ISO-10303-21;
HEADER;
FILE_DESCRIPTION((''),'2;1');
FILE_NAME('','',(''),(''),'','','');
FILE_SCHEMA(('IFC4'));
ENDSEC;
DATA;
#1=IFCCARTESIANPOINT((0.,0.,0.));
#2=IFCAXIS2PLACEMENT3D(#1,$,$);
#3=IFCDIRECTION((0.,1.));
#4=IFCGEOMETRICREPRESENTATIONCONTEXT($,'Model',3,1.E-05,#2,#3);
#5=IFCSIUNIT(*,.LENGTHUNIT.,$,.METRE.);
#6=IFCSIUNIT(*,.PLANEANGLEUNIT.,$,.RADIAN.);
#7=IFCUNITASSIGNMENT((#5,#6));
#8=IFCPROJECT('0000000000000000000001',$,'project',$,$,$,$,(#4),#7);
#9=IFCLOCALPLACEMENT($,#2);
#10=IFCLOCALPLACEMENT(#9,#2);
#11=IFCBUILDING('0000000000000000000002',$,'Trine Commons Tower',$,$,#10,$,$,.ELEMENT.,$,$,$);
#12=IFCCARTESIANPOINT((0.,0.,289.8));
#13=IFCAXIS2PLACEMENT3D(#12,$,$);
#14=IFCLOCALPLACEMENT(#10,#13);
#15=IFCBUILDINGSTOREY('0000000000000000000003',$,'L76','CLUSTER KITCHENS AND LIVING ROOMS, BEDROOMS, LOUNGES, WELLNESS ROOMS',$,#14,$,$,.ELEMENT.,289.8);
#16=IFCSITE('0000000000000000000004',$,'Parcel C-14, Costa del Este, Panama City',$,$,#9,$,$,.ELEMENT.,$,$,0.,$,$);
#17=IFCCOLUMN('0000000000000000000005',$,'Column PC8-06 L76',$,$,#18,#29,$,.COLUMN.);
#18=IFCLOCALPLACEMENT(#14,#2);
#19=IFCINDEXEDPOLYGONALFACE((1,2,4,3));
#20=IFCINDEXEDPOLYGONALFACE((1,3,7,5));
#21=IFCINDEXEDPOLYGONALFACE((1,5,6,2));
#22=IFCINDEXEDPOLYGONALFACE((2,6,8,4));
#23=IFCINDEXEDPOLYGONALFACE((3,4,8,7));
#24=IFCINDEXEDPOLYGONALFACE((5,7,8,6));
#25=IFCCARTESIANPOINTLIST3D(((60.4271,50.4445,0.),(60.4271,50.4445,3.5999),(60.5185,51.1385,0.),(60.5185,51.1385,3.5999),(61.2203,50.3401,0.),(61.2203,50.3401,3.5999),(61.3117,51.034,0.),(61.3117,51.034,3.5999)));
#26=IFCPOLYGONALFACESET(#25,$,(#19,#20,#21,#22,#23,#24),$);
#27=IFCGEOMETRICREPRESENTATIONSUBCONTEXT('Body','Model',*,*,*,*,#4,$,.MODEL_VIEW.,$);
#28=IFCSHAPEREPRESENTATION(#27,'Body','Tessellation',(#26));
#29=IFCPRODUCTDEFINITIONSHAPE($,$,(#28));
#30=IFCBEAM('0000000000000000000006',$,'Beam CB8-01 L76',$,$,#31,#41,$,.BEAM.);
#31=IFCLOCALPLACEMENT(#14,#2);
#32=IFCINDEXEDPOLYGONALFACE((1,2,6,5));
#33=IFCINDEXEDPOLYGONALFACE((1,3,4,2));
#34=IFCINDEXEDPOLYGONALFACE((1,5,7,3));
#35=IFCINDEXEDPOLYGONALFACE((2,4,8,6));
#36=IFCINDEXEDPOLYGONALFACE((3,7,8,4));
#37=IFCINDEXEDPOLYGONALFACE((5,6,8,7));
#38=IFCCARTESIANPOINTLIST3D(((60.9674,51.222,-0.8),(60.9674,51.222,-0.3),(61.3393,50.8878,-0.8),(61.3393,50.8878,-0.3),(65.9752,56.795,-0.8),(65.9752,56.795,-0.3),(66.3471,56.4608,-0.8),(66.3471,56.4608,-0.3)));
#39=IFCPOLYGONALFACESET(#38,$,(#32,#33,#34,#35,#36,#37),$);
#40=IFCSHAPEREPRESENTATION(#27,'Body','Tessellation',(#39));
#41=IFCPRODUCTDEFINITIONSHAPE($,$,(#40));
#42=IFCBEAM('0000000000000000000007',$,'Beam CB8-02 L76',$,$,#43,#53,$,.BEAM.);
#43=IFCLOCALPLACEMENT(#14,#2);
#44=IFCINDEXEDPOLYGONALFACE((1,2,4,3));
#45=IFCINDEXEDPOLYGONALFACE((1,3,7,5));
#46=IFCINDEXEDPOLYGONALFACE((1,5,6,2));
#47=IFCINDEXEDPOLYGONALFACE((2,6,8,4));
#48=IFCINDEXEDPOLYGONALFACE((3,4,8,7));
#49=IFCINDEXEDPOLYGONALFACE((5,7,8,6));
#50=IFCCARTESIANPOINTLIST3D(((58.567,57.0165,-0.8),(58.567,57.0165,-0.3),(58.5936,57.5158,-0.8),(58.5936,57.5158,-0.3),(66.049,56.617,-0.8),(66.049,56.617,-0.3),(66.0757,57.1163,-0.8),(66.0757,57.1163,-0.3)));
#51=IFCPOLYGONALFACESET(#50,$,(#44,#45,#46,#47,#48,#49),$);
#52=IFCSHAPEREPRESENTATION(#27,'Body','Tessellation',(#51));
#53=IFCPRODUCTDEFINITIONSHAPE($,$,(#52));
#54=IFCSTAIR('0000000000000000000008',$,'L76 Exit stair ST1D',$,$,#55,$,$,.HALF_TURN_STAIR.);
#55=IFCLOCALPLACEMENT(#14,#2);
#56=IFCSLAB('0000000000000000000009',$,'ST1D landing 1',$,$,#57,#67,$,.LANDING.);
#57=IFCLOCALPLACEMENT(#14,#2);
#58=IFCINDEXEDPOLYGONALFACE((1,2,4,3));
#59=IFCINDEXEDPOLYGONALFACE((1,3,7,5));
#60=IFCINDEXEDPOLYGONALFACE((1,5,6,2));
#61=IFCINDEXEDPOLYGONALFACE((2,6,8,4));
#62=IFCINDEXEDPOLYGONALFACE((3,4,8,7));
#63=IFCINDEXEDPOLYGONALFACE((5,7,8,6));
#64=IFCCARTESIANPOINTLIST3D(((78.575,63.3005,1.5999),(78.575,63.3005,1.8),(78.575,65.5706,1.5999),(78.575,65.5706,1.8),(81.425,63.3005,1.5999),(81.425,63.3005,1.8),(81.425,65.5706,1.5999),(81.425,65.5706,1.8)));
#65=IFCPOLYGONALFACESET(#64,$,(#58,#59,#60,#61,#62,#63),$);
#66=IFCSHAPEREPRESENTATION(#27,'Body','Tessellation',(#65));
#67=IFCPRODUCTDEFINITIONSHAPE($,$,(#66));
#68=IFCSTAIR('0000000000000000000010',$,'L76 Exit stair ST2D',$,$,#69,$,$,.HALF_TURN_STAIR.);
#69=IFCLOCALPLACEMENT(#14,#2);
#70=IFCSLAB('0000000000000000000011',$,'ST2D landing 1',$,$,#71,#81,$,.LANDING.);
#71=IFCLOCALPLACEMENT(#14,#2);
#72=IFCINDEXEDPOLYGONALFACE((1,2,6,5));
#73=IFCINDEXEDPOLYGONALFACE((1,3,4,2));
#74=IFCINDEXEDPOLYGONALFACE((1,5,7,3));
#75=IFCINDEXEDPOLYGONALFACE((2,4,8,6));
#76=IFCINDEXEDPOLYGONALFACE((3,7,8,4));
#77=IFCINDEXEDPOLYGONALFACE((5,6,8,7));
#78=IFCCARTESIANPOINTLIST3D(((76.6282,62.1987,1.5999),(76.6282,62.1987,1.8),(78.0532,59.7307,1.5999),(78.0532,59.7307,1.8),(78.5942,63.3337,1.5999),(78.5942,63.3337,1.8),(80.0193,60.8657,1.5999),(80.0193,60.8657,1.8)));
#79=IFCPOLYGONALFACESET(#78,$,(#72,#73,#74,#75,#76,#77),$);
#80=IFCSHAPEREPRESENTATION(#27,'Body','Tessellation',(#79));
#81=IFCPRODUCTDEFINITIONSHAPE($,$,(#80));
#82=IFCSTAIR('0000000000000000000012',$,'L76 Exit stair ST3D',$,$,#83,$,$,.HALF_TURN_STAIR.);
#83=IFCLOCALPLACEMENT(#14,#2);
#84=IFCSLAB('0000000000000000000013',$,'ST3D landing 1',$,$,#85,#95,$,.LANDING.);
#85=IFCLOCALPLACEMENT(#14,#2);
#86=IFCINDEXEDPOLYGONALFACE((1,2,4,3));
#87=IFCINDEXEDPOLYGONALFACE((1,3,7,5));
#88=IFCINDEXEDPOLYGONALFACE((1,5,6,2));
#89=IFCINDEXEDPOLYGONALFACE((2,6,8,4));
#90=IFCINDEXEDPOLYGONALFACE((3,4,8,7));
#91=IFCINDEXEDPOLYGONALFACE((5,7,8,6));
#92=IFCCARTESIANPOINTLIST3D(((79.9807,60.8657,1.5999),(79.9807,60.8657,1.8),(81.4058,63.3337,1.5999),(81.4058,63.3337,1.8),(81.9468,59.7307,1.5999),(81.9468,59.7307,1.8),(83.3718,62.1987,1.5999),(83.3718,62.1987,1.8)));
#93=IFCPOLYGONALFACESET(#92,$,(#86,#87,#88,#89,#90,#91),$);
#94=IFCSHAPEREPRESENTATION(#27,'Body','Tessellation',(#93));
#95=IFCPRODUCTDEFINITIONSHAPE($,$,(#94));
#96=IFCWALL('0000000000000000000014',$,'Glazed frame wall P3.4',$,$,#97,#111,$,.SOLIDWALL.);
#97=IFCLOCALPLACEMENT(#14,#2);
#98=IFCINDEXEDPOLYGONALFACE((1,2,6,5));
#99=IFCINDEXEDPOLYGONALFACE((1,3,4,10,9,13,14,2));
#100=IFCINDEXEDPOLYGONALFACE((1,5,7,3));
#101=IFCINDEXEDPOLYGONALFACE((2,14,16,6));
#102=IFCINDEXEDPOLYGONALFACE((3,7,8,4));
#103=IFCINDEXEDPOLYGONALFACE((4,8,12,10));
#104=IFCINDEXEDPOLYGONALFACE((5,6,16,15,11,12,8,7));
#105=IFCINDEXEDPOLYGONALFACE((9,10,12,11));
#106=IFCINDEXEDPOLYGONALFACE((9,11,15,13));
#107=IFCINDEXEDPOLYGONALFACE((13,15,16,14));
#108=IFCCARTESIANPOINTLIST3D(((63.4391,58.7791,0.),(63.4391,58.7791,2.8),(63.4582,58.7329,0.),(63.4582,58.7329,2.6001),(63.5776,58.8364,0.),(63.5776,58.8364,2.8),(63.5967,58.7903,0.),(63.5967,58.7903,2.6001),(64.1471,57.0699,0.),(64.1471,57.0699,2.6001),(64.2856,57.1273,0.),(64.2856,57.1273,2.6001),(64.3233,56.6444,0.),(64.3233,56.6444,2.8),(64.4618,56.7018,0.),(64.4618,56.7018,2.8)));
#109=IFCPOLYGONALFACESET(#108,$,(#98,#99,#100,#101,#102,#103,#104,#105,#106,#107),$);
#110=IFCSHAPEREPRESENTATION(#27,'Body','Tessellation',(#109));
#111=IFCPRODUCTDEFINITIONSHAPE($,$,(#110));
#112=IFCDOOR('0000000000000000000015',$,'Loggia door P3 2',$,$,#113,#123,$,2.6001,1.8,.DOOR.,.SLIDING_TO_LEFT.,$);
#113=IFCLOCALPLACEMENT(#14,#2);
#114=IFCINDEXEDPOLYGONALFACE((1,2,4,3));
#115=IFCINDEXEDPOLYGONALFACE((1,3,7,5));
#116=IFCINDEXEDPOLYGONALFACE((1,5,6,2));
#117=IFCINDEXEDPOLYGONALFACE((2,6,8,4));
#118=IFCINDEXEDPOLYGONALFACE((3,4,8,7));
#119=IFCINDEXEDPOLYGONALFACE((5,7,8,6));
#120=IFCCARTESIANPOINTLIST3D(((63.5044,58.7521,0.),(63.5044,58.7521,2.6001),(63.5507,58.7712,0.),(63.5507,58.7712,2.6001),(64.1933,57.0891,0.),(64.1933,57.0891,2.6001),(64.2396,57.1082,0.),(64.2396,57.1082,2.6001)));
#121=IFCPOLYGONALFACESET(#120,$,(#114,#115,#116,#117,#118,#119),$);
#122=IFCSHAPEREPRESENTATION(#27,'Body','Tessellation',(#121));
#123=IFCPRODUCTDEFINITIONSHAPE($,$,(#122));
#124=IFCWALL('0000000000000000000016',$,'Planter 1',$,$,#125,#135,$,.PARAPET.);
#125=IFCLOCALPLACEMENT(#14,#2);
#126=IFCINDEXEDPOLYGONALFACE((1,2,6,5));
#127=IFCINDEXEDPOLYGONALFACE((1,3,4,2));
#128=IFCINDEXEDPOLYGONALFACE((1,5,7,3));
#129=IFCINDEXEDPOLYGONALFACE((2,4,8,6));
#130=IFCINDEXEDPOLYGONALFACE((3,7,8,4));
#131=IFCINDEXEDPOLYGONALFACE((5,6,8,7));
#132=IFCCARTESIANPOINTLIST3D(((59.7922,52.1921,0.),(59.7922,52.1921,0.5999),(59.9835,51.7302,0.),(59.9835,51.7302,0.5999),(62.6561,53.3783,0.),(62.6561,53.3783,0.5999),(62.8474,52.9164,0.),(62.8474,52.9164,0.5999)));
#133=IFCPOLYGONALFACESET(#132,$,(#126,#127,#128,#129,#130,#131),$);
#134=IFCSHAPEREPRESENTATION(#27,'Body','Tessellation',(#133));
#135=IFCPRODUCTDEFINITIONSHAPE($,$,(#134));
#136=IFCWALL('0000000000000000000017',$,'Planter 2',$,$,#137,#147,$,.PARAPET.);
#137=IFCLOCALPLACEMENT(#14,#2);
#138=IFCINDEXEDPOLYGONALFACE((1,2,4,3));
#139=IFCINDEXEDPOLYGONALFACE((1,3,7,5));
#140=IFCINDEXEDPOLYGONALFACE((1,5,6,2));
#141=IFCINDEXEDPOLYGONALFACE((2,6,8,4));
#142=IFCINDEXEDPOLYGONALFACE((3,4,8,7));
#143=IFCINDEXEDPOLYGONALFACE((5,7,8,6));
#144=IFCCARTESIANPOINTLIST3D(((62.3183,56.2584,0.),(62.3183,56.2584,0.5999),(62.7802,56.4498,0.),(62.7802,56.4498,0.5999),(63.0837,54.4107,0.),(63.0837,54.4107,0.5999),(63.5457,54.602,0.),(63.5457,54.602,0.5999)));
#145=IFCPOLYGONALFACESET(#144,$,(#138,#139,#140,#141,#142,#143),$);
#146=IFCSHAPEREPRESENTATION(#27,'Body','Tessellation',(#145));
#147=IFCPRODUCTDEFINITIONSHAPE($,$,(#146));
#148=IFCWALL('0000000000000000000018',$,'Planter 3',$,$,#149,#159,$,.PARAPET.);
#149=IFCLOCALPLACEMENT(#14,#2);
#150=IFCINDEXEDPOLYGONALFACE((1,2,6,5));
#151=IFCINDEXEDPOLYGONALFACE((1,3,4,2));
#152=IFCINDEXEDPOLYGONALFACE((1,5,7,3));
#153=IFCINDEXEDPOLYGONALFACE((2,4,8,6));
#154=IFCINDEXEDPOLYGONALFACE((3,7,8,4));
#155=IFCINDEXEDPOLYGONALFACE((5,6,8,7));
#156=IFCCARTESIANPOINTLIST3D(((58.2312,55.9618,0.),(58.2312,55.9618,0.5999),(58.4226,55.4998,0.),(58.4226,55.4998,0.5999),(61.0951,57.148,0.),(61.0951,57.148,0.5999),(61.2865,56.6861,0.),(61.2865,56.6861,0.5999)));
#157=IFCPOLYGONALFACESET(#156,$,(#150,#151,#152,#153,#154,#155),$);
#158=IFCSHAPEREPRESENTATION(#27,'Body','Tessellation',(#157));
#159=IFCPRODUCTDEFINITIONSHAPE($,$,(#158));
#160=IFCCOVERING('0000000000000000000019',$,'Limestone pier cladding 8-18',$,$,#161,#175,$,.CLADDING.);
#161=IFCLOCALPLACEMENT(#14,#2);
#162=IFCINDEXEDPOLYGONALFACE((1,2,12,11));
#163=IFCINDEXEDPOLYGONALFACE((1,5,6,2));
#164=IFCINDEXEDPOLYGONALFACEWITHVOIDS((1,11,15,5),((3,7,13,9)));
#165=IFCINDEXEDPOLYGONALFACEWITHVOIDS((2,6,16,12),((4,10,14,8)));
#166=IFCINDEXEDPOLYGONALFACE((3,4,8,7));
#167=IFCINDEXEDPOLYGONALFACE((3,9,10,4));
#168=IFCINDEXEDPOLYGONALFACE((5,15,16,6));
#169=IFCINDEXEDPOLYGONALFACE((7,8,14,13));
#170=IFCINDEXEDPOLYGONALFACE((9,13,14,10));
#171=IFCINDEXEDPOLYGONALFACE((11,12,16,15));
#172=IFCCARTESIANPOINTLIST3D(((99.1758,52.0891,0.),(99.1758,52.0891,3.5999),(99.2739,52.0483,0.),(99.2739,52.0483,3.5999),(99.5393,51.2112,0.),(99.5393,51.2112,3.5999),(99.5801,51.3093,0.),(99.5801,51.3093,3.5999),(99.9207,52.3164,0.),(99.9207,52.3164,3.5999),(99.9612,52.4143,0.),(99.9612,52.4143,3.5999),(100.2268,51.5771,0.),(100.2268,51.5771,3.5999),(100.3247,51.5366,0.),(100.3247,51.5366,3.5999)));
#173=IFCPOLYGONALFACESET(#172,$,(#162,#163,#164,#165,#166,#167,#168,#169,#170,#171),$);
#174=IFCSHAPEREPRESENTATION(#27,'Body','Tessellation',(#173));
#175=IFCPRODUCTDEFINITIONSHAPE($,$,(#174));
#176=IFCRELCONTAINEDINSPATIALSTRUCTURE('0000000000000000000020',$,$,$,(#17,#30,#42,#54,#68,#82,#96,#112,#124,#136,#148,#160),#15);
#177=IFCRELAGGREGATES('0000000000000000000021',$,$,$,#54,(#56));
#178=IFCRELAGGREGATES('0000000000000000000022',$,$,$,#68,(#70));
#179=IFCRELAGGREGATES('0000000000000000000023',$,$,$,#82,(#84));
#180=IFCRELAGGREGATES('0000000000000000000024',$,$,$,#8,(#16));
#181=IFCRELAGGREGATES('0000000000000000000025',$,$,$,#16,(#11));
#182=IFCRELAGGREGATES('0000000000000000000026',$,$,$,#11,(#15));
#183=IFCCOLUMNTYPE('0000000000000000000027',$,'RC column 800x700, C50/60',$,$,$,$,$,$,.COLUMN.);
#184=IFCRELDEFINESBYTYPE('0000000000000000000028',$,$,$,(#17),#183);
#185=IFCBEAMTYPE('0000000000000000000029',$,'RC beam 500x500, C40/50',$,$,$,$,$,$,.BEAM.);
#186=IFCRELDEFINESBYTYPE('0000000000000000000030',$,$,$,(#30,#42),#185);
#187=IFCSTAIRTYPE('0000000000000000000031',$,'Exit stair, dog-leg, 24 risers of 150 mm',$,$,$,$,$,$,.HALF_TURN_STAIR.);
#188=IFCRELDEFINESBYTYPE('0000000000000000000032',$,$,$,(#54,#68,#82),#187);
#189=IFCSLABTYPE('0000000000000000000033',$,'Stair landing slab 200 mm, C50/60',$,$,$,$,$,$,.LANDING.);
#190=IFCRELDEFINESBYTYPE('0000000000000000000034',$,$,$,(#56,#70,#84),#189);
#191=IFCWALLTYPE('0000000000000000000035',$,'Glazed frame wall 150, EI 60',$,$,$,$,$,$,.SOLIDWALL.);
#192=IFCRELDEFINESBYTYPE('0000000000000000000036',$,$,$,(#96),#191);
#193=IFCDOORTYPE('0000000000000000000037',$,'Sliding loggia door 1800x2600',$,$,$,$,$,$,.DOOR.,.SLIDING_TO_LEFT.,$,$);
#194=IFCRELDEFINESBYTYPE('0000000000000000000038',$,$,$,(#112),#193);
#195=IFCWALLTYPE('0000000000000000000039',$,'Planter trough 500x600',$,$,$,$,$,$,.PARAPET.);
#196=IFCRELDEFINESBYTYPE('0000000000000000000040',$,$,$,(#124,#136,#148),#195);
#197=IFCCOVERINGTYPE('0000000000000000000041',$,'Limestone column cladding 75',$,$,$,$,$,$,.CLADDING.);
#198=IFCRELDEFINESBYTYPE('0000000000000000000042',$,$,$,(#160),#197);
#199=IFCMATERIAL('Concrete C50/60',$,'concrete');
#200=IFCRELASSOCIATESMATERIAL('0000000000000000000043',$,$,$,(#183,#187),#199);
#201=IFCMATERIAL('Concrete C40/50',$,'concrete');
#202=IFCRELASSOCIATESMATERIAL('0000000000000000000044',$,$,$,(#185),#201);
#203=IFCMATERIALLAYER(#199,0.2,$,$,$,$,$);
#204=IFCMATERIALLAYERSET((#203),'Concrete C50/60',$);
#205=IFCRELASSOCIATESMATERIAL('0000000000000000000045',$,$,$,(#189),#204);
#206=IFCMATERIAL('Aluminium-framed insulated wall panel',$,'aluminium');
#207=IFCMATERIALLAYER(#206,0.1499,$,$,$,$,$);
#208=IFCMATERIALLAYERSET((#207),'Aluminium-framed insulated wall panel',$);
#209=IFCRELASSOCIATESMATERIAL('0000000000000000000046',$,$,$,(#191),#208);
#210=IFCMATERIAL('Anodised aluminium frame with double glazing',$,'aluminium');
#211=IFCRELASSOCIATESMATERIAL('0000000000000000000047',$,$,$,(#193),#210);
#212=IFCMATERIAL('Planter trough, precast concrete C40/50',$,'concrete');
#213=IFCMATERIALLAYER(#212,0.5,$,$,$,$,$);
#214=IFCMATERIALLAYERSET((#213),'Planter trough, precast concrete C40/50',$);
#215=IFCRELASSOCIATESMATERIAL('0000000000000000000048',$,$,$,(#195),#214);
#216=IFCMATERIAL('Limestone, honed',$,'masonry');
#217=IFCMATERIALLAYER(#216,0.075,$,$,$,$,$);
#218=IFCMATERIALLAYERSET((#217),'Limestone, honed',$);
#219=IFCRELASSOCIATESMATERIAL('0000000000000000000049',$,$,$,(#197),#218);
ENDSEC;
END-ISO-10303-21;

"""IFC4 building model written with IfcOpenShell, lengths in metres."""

from ifc_helpers import new_model, si_unit, direction, frame, frame_2d, origin, origin_2d, place, context, subcontext, project, spatial, polyline, rectangle, outline, extrude, material, layer, layer_set, material_profile, profile_set, type_object, element, fill, aggregate, save


model = new_model("IFC4")

# Units and contexts
model_context = context("Model", 3, precision=1e-05, world=origin(), true_north=direction((0.0, 1.0)))
body_context = subcontext(model_context, "Body", "Model", "MODEL_VIEW")
ifc_project = project(units=[si_unit("LENGTHUNIT", "METRE"), si_unit("PLANEANGLEUNIT", "RADIAN")], contexts=[model_context])

# Site, building, storey
site_placement = place(None, origin())
site = spatial("IfcSite", under=ifc_project, at=site_placement, Name="Parcel C-14, Costa del Este, Panama City", CompositionType="ELEMENT", RefElevation=0.0)
building_placement = place(site_placement, origin())
building = spatial("IfcBuilding", under=site, at=building_placement, Name="Trine Commons Tower", CompositionType="ELEMENT")
storey_placement = place(building_placement, frame((0.0, 0.0, 289.8)))
storey = spatial("IfcBuildingStorey", under=building, at=storey_placement, Name="L76", Description="CLUSTER KITCHENS AND LIVING ROOMS, BEDROOMS, LOUNGES, WELLNESS ROOMS", CompositionType="ELEMENT", Elevation=289.8)

# Column
ifc_material_1 = material(Name="Concrete C50/60", Category="concrete")
ifc_material_profile_1 = material_profile(ifc_material_1, rectangle(XDim=0.8, YDim=0.7, at=origin_2d()), Name="RC 800x700")
ifc_profile_set_1 = profile_set([ifc_material_profile_1], Name="Concrete C50/60")
column_type = type_object("IfcColumnType", Name="RC column 800x700, C50/60", PredefinedType="COLUMN", material=ifc_profile_set_1)
column_placement = place(storey_placement, frame((60.8694, 50.7393, 0.0), z_axis=(0.0, 0.0, 1.0), x_axis=(-0.991445, 0.130526, 0.0)))
element("IfcColumn", 1, at=column_placement, inside=storey, type_object=column_type, Name="Column PC8-06 L76", PredefinedType="COLUMN", context=body_context, shape_type="SweptSolid", body=[
    extrude(rectangle(XDim=0.8, YDim=0.7, at=origin_2d()), origin(), (0.0, 0.0, 1.0), 3.5999),
])

# Beams
ifc_material_2 = material(Name="Concrete C40/50", Category="concrete")
ifc_material_profile_2 = material_profile(ifc_material_2, rectangle(XDim=0.5, YDim=0.5, at=origin_2d()), Name="RC 500x500")
ifc_profile_set_2 = profile_set([ifc_material_profile_2], Name="Concrete C40/50")
beam_type = type_object("IfcBeamType", Name="RC beam 500x500, C40/50", PredefinedType="BEAM", material=ifc_profile_set_2)
beam_1_placement = place(storey_placement, frame((61.1533, 51.0549, -0.55), z_axis=(0.668383, 0.743817, 0.0), x_axis=(-0.743817, 0.668383, 0.0)))
element("IfcBeam", 2, at=beam_1_placement, inside=storey, type_object=beam_type, Name="Beam CB8-01 L76", PredefinedType="BEAM", context=body_context, shape_type="SweptSolid", body=[
    extrude(rectangle(XDim=0.5, YDim=0.5, at=origin_2d()), origin(), (0.0, 0.0, 1.0), 7.4924),
])
beam_2_placement = place(storey_placement, frame((58.5803, 57.2661, -0.55), z_axis=(0.998578, -0.053308, 0.0), x_axis=(0.053308, 0.998578, 0.0)))
element("IfcBeam", 3, at=beam_2_placement, inside=storey, type_object=beam_type, Name="Beam CB8-02 L76", PredefinedType="BEAM", context=body_context, shape_type="SweptSolid", body=[
    extrude(rectangle(XDim=0.5, YDim=0.5, at=origin_2d()), origin(), (0.0, 0.0, 1.0), 7.4927),
])

# Stairs, slabs
stair_type = type_object("IfcStairType", Name="Exit stair, dog-leg, 24 risers of 150 mm", PredefinedType="HALF_TURN_STAIR", material=ifc_material_1)
stair_1_placement = place(storey_placement, origin())
stair_1 = element("IfcStair", 4, at=stair_1_placement, inside=storey, type_object=stair_type, Name="L76 Exit stair ST1D", PredefinedType="HALF_TURN_STAIR")
ifc_layer_1 = layer(ifc_material_1, 0.2)
ifc_layer_set_1 = layer_set([ifc_layer_1], Name="Concrete C50/60")
slab_type = type_object("IfcSlabType", Name="Stair landing slab 200 mm, C50/60", PredefinedType="LANDING", material=ifc_layer_set_1)
slab_1_placement = place(storey_placement, frame((0.0, 0.0, 1.5999)))
slab_1 = element("IfcSlab", 5, at=slab_1_placement, type_object=slab_type, Name="ST1D landing 1", PredefinedType="LANDING", context=body_context, shape_type="SweptSolid", body=[
    extrude(outline(polyline([(78.575, 65.5706), (78.575, 63.3005), (81.425, 63.3005), (81.425, 65.5706), (78.575, 65.5706)])), origin(), (0.0, 0.0, 1.0), 0.2002),
])
aggregate(stair_1, [slab_1])
stair_2_placement = place(storey_placement, origin())
stair_2 = element("IfcStair", 6, at=stair_2_placement, inside=storey, type_object=stair_type, Name="L76 Exit stair ST2D", PredefinedType="HALF_TURN_STAIR")
slab_2_placement = place(storey_placement, frame((0.0, 0.0, 1.5999)))
slab_2 = element("IfcSlab", 7, at=slab_2_placement, type_object=slab_type, Name="ST2D landing 1", PredefinedType="LANDING", context=body_context, shape_type="SweptSolid", body=[
    extrude(outline(polyline([(78.0532, 59.7307), (80.0193, 60.8657), (78.5942, 63.3337), (76.6282, 62.1987), (78.0532, 59.7307)])), origin(), (0.0, 0.0, 1.0), 0.2002),
])
aggregate(stair_2, [slab_2])
stair_3_placement = place(storey_placement, origin())
stair_3 = element("IfcStair", 8, at=stair_3_placement, inside=storey, type_object=stair_type, Name="L76 Exit stair ST3D", PredefinedType="HALF_TURN_STAIR")
slab_3_placement = place(storey_placement, frame((0.0, 0.0, 1.5999)))
slab_3 = element("IfcSlab", 9, at=slab_3_placement, type_object=slab_type, Name="ST3D landing 1", PredefinedType="LANDING", context=body_context, shape_type="SweptSolid", body=[
    extrude(outline(polyline([(83.3718, 62.1987), (81.4058, 63.3337), (79.9807, 60.8657), (81.9468, 59.7307), (83.3718, 62.1987)])), origin(), (0.0, 0.0, 1.0), 0.2002),
])
aggregate(stair_3, [slab_3])

# Wall, opening, door
ifc_material_3 = material(Name="Aluminium-framed insulated wall panel", Category="aluminium")
ifc_layer_2 = layer(ifc_material_3, 0.1499)
ifc_layer_set_2 = layer_set([ifc_layer_2], Name="Aluminium-framed insulated wall panel")
wall_type_1 = type_object("IfcWallType", Name="Glazed frame wall 150, EI 60", PredefinedType="SOLIDWALL", material=ifc_layer_set_2)
wall_1_placement = place(storey_placement, frame((64.3926, 56.6731, 0.0), z_axis=(0.0, 0.0, 1.0), x_axis=(-0.382694, 0.923875, 0.0)))
wall_1 = element("IfcWall", 10, at=wall_1_placement, inside=storey, type_object=wall_type_1, Name="Glazed frame wall P3.4", PredefinedType="SOLIDWALL", context=body_context, shape_type="SweptSolid", body=[
    extrude(outline(polyline([(0.0, -0.075), (2.3105, -0.075), (2.3105, 0.075), (0.0, 0.075), (0.0, -0.075)])), origin(), (0.0, 0.0, 1.0), 2.8),
])
opening_placement = place(wall_1_placement, frame((0.4607, 0.0, 0.0)))
opening = element("IfcOpeningElement", 11, at=opening_placement, cuts=wall_1, PredefinedType="OPENING", context=body_context, shape_type="SweptSolid", body=[
    extrude(rectangle(XDim=1.8, YDim=2.6001, at=frame_2d((0.8999, 1.3))), frame((0.0, 0.085, 0.0), z_axis=(0.0, -1.0, 0.0), x_axis=(1.0, 0.0, 0.0)), (0.0, 0.0, 1.0), 0.1699),
])
ifc_material_4 = material(Name="Anodised aluminium frame with double glazing", Category="aluminium")
door_type = type_object("IfcDoorType", Name="Sliding loggia door 1800x2600", OperationType="SLIDING_TO_LEFT", PredefinedType="DOOR", material=ifc_material_4)
door_placement = place(opening_placement, origin())
door = element("IfcDoor", 12, at=door_placement, inside=storey, type_object=door_type, Name="Loggia door P3 2", OperationType="SLIDING_TO_LEFT", OverallHeight=2.6001, OverallWidth=1.8, PredefinedType="DOOR", context=body_context, shape_type="SweptSolid", body=[
    extrude(rectangle(XDim=1.8, YDim=2.6001, at=frame_2d((0.8999, 1.3))), frame((0.0, 0.0249, 0.0), z_axis=(0.0, -1.0, 0.0), x_axis=(1.0, 0.0, 0.0)), (0.0, 0.0, 1.0), 0.05),
])
fill(opening, door)

# Walls
ifc_material_5 = material(Name="Planter trough, precast concrete C40/50", Category="concrete")
ifc_layer_3 = layer(ifc_material_5, 0.5)
ifc_layer_set_3 = layer_set([ifc_layer_3], Name="Planter trough, precast concrete C40/50")
wall_type_2 = type_object("IfcWallType", Name="Planter trough 500x600", PredefinedType="PARAPET", material=ifc_layer_set_3)
wall_2_placement = place(storey_placement, frame((59.8879, 51.9612, 0.0), z_axis=(0.0, 0.0, 1.0), x_axis=(0.923883, 0.382674, 0.0)))
element("IfcWall", 13, at=wall_2_placement, inside=storey, type_object=wall_type_2, Name="Planter 1", PredefinedType="PARAPET", context=body_context, shape_type="SweptSolid", body=[
    extrude(rectangle(XDim=3.0999, YDim=0.5, at=frame_2d((1.5498, 0.0))), origin(), (0.0, 0.0, 1.0), 0.5999),
])
wall_3_placement = place(storey_placement, frame((63.3147, 54.5063, 0.0), z_axis=(0.0, 0.0, 1.0), x_axis=(-0.382708, 0.92387, 0.0)))
element("IfcWall", 14, at=wall_3_placement, inside=storey, type_object=wall_type_2, Name="Planter 2", PredefinedType="PARAPET", context=body_context, shape_type="SweptSolid", body=[
    extrude(rectangle(XDim=2.0, YDim=0.5, at=frame_2d((1.0, 0.0))), origin(), (0.0, 0.0, 1.0), 0.5999),
])
wall_4_placement = place(storey_placement, frame((61.1907, 56.917, 0.0), z_axis=(0.0, 0.0, 1.0), x_axis=(-0.923883, -0.382674, 0.0)))
element("IfcWall", 15, at=wall_4_placement, inside=storey, type_object=wall_type_2, Name="Planter 3", PredefinedType="PARAPET", context=body_context, shape_type="SweptSolid", body=[
    extrude(rectangle(XDim=3.0999, YDim=0.5, at=frame_2d((1.5498, 0.0))), origin(), (0.0, 0.0, 1.0), 0.5999),
])

# Covering
ifc_material_6 = material(Name="Limestone, honed", Category="masonry")
ifc_layer_4 = layer(ifc_material_6, 0.075)
ifc_layer_set_4 = layer_set([ifc_layer_4], Name="Limestone, honed")
covering_type_1 = type_object("IfcCoveringType", Name="Limestone column cladding 75", PredefinedType="CLADDING", material=ifc_layer_set_4)
covering_1_placement = place(storey_placement, origin())
element("IfcCovering", 16, at=covering_1_placement, inside=storey, type_object=covering_type_1, Name="Limestone pier cladding 8-18", PredefinedType="CLADDING", context=body_context, shape_type="SweptSolid", body=[
    extrude(outline(polyline([(99.9612, 52.4143), (99.1758, 52.0891), (99.5393, 51.2112), (100.3247, 51.5366), (99.9612, 52.4143)]), holes=[polyline([(99.9207, 52.3164), (99.2739, 52.0483), (99.5801, 51.3093), (100.2268, 51.5771), (99.9207, 52.3164)])]), origin(), (0.0, 0.0, 1.0), 3.5999),
])

save(model, "model.ifc")
